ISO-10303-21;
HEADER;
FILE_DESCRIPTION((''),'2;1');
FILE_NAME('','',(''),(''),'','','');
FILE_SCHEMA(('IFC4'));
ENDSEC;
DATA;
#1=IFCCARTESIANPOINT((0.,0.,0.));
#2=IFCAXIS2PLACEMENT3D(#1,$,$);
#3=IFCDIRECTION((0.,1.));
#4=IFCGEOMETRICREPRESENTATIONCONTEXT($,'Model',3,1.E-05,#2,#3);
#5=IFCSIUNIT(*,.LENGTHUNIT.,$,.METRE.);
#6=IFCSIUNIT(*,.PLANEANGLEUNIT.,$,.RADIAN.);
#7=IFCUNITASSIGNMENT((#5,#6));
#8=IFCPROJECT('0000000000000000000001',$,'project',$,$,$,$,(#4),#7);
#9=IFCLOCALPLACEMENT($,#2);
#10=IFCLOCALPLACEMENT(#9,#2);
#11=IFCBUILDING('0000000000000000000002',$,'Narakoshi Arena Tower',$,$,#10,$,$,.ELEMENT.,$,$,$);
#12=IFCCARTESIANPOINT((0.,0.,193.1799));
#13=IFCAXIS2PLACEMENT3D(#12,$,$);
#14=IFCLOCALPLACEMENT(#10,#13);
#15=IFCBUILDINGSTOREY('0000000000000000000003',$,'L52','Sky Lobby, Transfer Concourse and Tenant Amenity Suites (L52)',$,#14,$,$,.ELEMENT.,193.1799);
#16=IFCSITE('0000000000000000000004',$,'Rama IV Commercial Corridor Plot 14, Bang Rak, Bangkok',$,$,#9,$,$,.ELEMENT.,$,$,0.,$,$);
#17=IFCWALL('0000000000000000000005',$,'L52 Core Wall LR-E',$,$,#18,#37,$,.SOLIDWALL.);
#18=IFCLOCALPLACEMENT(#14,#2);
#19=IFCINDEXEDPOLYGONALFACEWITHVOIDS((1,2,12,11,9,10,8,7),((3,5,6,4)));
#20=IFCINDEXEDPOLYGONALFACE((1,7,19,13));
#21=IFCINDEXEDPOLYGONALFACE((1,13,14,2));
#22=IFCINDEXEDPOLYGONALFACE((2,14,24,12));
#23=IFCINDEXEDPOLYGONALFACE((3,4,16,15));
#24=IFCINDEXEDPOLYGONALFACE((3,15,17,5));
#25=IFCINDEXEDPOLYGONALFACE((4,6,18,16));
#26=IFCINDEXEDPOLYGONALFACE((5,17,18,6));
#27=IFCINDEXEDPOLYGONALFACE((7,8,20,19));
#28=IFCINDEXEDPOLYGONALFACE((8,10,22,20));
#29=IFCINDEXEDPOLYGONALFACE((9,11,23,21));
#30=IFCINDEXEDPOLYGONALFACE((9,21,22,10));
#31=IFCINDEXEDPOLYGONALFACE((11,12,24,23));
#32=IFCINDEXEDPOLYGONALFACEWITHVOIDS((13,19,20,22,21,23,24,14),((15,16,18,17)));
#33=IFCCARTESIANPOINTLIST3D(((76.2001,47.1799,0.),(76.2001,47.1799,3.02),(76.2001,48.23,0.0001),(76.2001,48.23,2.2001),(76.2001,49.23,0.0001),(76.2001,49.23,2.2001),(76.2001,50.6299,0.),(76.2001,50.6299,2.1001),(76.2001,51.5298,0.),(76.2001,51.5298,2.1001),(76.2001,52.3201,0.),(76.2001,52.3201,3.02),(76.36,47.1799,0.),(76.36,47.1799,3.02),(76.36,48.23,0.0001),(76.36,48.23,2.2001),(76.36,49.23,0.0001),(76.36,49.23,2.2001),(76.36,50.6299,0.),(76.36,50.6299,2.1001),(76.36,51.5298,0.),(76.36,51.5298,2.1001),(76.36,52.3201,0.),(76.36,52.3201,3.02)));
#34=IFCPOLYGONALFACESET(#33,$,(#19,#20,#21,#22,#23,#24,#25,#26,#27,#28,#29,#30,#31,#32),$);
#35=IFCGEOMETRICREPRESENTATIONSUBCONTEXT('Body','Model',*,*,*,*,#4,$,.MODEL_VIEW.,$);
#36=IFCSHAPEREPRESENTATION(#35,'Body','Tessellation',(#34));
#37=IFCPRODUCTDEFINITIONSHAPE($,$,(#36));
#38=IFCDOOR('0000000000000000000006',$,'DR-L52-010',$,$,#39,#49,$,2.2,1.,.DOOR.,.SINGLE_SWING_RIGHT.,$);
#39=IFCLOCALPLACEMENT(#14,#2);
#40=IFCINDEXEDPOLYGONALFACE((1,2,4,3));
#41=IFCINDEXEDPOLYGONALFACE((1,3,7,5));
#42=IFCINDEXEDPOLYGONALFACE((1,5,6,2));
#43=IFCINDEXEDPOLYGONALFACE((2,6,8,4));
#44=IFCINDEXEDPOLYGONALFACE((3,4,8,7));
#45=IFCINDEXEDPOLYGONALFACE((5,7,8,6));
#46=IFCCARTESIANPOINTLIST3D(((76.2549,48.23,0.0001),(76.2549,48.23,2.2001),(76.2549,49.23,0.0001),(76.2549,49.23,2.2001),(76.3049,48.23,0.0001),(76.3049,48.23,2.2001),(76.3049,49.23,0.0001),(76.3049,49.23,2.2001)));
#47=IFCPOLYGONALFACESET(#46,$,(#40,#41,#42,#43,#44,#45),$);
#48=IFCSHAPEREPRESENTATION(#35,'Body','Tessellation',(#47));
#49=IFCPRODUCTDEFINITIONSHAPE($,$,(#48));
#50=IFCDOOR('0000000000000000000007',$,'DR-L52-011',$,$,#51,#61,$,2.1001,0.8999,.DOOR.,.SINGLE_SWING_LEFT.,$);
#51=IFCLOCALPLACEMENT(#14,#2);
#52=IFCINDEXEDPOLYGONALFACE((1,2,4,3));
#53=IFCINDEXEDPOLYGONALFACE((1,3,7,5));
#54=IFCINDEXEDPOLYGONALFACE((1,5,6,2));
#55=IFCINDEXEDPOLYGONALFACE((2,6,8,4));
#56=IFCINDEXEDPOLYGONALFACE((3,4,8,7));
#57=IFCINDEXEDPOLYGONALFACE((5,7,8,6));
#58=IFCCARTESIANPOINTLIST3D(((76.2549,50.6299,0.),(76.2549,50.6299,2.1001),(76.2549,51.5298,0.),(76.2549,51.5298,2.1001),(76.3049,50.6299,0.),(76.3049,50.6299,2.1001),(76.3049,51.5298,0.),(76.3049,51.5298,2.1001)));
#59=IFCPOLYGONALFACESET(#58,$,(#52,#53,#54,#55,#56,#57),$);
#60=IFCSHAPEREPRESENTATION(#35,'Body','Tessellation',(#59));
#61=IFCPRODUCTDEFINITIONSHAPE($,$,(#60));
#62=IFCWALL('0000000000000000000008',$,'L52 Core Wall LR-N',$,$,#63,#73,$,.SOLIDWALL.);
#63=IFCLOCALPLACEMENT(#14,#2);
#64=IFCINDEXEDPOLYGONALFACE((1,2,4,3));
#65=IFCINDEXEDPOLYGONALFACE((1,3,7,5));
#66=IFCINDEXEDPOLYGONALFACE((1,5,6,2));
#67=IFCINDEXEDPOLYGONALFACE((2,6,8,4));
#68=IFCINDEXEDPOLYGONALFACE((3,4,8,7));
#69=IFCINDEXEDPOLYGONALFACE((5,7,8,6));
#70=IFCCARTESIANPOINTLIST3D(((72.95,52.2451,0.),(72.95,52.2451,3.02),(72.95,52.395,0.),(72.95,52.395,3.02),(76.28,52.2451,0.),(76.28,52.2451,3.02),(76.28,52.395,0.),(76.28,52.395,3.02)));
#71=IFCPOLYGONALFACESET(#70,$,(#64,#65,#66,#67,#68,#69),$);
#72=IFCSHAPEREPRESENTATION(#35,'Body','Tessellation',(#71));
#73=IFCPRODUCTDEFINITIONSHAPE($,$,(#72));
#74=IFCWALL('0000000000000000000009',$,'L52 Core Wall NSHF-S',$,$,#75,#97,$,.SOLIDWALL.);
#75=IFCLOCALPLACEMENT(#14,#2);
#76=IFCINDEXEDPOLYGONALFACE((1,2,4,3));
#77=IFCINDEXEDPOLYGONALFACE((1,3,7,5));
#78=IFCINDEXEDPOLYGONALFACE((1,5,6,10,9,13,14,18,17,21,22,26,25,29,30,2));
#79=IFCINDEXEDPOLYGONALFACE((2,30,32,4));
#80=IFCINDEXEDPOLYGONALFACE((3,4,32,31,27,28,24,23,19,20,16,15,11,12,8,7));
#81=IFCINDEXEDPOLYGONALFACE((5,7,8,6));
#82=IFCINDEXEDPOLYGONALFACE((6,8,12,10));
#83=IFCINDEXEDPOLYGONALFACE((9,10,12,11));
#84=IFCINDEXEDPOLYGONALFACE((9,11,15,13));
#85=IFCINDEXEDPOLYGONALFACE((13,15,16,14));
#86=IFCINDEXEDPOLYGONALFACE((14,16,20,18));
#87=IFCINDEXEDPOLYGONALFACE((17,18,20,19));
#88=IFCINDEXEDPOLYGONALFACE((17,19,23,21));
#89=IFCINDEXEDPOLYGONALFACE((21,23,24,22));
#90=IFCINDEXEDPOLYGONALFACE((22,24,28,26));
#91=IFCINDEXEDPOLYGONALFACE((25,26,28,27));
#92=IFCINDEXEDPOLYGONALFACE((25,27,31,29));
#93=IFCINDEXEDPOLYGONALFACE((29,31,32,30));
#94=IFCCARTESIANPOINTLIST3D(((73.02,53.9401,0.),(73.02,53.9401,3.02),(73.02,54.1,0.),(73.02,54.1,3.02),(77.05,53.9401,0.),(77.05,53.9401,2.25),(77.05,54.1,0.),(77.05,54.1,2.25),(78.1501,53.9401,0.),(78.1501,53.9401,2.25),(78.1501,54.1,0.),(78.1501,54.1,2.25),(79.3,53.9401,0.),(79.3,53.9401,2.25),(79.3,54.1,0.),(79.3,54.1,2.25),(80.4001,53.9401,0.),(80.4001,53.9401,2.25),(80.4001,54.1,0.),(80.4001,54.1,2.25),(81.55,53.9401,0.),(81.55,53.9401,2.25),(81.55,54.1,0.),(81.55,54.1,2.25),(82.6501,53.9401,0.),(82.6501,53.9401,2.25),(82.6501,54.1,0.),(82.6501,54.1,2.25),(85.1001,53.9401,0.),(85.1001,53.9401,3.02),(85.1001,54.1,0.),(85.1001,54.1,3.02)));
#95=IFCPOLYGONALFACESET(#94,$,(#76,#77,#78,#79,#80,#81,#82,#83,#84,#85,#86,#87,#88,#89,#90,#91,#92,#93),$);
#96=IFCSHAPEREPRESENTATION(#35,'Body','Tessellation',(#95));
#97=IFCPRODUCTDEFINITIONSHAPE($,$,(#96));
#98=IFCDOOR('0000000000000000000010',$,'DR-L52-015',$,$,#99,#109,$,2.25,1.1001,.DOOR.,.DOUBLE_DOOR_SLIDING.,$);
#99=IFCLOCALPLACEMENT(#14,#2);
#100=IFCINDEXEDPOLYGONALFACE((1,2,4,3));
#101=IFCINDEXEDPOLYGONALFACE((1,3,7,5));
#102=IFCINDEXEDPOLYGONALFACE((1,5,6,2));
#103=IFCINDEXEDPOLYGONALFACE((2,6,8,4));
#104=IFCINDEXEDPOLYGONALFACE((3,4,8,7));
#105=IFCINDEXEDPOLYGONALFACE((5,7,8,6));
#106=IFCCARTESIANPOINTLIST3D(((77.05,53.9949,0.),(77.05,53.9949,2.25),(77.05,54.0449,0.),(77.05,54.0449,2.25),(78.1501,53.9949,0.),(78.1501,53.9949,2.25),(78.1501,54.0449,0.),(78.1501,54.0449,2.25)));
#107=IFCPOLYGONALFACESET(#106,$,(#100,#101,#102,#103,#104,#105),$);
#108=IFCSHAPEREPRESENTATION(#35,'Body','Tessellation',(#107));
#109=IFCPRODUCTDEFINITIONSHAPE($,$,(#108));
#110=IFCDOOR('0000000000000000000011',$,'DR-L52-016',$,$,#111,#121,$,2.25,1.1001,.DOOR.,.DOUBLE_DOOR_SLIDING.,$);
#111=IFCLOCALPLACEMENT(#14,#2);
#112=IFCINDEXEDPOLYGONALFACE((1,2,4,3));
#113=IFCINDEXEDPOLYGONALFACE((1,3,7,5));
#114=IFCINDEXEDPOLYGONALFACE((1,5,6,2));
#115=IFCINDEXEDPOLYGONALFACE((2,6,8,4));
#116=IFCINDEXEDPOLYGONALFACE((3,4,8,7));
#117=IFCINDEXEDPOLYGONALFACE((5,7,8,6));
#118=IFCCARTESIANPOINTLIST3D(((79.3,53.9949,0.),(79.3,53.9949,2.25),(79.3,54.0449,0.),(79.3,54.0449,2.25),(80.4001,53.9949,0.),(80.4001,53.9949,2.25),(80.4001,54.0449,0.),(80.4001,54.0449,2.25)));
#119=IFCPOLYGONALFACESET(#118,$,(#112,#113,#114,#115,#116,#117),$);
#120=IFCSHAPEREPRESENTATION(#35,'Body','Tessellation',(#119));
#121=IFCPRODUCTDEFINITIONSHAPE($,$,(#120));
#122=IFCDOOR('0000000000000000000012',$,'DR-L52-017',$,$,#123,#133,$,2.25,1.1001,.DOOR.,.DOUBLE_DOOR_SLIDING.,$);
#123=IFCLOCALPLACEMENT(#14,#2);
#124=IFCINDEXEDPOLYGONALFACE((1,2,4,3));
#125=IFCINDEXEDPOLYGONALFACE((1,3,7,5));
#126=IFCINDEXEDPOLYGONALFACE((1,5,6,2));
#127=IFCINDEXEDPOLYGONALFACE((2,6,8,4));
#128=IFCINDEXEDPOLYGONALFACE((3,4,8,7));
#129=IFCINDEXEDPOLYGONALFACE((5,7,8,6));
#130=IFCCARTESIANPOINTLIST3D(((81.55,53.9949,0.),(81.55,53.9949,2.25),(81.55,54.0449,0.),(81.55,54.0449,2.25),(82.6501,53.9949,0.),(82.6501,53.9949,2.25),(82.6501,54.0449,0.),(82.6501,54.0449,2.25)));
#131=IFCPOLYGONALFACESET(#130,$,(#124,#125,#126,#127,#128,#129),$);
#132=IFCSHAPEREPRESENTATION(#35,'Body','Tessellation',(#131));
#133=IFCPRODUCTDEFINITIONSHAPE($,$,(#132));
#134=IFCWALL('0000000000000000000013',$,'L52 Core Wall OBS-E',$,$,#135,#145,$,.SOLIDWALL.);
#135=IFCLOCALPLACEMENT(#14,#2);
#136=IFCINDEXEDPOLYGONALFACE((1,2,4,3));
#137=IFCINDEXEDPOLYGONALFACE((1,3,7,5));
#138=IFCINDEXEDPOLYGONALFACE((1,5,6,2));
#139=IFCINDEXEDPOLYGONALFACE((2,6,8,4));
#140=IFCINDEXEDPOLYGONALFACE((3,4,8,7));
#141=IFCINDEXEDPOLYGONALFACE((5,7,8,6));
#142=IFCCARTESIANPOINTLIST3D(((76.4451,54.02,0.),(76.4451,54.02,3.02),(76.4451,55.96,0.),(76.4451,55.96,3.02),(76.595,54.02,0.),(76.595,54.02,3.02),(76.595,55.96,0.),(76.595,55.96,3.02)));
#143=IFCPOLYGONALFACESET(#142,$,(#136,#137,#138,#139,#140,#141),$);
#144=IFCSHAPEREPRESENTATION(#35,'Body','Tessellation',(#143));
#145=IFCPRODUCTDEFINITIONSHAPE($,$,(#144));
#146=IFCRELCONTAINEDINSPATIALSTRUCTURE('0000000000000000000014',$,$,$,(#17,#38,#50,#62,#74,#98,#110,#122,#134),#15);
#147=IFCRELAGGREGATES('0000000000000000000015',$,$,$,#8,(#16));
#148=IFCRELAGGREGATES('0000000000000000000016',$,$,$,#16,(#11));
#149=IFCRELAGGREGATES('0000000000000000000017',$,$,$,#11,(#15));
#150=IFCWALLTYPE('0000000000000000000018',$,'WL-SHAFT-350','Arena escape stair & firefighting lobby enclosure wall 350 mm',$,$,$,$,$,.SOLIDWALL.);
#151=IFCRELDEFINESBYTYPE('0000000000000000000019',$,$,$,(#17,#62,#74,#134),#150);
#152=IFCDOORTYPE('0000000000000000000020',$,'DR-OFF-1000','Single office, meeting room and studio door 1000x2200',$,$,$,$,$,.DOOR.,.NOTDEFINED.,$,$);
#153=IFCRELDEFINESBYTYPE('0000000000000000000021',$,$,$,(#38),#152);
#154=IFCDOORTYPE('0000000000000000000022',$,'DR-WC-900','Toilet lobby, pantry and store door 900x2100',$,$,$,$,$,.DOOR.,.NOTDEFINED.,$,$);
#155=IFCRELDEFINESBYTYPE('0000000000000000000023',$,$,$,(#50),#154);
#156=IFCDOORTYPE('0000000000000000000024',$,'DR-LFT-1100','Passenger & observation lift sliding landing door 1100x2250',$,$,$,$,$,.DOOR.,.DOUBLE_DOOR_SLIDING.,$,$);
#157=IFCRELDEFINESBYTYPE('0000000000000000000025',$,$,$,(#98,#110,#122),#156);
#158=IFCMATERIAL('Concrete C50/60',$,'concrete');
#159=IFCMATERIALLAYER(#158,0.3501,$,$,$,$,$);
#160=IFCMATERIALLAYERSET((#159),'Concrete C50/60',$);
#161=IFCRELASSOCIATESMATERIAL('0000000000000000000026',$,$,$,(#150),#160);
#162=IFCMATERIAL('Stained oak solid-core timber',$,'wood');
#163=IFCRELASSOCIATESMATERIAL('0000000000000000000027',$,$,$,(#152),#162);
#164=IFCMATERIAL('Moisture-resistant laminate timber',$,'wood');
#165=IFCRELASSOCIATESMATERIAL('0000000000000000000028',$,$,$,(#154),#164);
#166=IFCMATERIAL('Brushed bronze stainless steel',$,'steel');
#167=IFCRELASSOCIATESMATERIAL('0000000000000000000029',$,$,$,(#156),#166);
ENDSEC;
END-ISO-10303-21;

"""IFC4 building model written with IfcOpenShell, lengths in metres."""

from ifc_helpers import new_model, si_unit, direction, frame, frame_2d, origin, place, context, subcontext, project, spatial, rectangle, extrude, material, layer, layer_set, type_object, element, fill, save


model = new_model("IFC4")

# Units and contexts
model_context = context("Model", 3, precision=1e-05, world=origin(), true_north=direction((0.0, 1.0)))
body_context = subcontext(model_context, "Body", "Model", "MODEL_VIEW")
ifc_project = project(units=[si_unit("LENGTHUNIT", "METRE"), si_unit("PLANEANGLEUNIT", "RADIAN")], contexts=[model_context])

# Site, building, storey
site_placement = place(None, origin())
site = spatial("IfcSite", under=ifc_project, at=site_placement, Name="Rama IV Commercial Corridor Plot 14, Bang Rak, Bangkok", CompositionType="ELEMENT", RefElevation=0.0)
building_placement = place(site_placement, origin())
building = spatial("IfcBuilding", under=site, at=building_placement, Name="Narakoshi Arena Tower", CompositionType="ELEMENT")
storey_placement = place(building_placement, frame((0.0, 0.0, 193.1799)))
storey = spatial("IfcBuildingStorey", under=building, at=storey_placement, Name="L52", Description="Sky Lobby, Transfer Concourse and Tenant Amenity Suites (L52)", CompositionType="ELEMENT", Elevation=193.1799)

# Shared definitions
ifc_material_1 = material(Name="Concrete C50/60", Category="concrete")
ifc_layer_1 = layer(ifc_material_1, 0.3501)
ifc_layer_set_1 = layer_set([ifc_layer_1], Name="Concrete C50/60")
wall_type_1 = type_object("IfcWallType", Name="WL-SHAFT-350", Description="Arena escape stair & firefighting lobby enclosure wall 350 mm", PredefinedType="SOLIDWALL", material=ifc_layer_set_1)

# Wall, openings, doors
wall_1_placement = place(storey_placement, frame((76.28, 47.1799, 0.0), z_axis=(0.0, 0.0, 1.0), x_axis=(0.0, 1.0, 0.0)))
wall_1 = element("IfcWall", 1, at=wall_1_placement, inside=storey, type_object=wall_type_1, Name="L52 Core Wall LR-E", PredefinedType="SOLIDWALL", context=body_context, shape_type="SweptSolid", body=[
    extrude(rectangle(XDim=5.1401, YDim=0.1599, at=frame_2d((2.5701, 0.0))), origin(), (0.0, 0.0, 1.0), 3.02),
])
opening_1_placement = place(wall_1_placement, frame((1.05, 0.0, 0.0)))
opening_1 = element("IfcOpeningElement", 2, at=opening_1_placement, cuts=wall_1, PredefinedType="OPENING", context=body_context, shape_type="SweptSolid", body=[
    extrude(rectangle(XDim=1.0, YDim=2.2, at=frame_2d((0.5, 1.1001))), frame((0.0, 0.0898, 0.0), z_axis=(0.0, -1.0, 0.0), x_axis=(1.0, 0.0, 0.0)), (0.0, 0.0, 1.0), 0.1799),
])
opening_2_placement = place(wall_1_placement, frame((3.45, 0.0, 0.0)))
opening_2 = element("IfcOpeningElement", 3, at=opening_2_placement, cuts=wall_1, PredefinedType="OPENING", context=body_context, shape_type="SweptSolid", body=[
    extrude(rectangle(XDim=0.8999, YDim=2.1001, at=frame_2d((0.45, 1.05))), frame((0.0, 0.0898, 0.0), z_axis=(0.0, -1.0, 0.0), x_axis=(1.0, 0.0, 0.0)), (0.0, 0.0, 1.0), 0.1799),
])
ifc_material_2 = material(Name="Stained oak solid-core timber", Category="wood")
door_type_1 = type_object("IfcDoorType", Name="DR-OFF-1000", Description="Single office, meeting room and studio door 1000x2200", OperationType="NOTDEFINED", PredefinedType="DOOR", material=ifc_material_2)
door_1_placement = place(opening_1_placement, frame((1.0, 0.0, 0.0), z_axis=(0.0, 0.0, 1.0), x_axis=(-1.0, 0.0, 0.0)))
door_1 = element("IfcDoor", 4, at=door_1_placement, inside=storey, type_object=door_type_1, Name="DR-L52-010", OperationType="SINGLE_SWING_RIGHT", OverallHeight=2.2, OverallWidth=1.0, PredefinedType="DOOR", context=body_context, shape_type="SweptSolid", body=[
    extrude(rectangle(XDim=1.0, YDim=2.2, at=frame_2d((0.5, 1.1001))), frame((0.0, 0.0249, 0.0), z_axis=(0.0, -1.0, 0.0), x_axis=(1.0, 0.0, 0.0)), (0.0, 0.0, 1.0), 0.05),
])
fill(opening_1, door_1)
ifc_material_3 = material(Name="Moisture-resistant laminate timber", Category="wood")
door_type_2 = type_object("IfcDoorType", Name="DR-WC-900", Description="Toilet lobby, pantry and store door 900x2100", OperationType="NOTDEFINED", PredefinedType="DOOR", material=ifc_material_3)
door_2_placement = place(opening_2_placement, frame((0.8999, 0.0, 0.0), z_axis=(0.0, 0.0, 1.0), x_axis=(-1.0, 0.0, 0.0)))
door_2 = element("IfcDoor", 5, at=door_2_placement, inside=storey, type_object=door_type_2, Name="DR-L52-011", OperationType="SINGLE_SWING_LEFT", OverallHeight=2.1001, OverallWidth=0.8999, PredefinedType="DOOR", context=body_context, shape_type="SweptSolid", body=[
    extrude(rectangle(XDim=0.8999, YDim=2.1001, at=frame_2d((0.45, 1.05))), frame((0.0, 0.0249, 0.0), z_axis=(0.0, -1.0, 0.0), x_axis=(1.0, 0.0, 0.0)), (0.0, 0.0, 1.0), 0.05),
])
fill(opening_2, door_2)

# Wall
wall_2_placement = place(storey_placement, frame((72.95, 52.3201, 0.0), z_axis=(0.0, 0.0, 1.0), x_axis=(1.0, 0.0, 0.0)))
element("IfcWall", 6, at=wall_2_placement, inside=storey, type_object=wall_type_1, Name="L52 Core Wall LR-N", PredefinedType="SOLIDWALL", context=body_context, shape_type="SweptSolid", body=[
    extrude(rectangle(XDim=3.3301, YDim=0.1499, at=frame_2d((1.665, 0.0))), origin(), (0.0, 0.0, 1.0), 3.02),
])

# Wall, openings, doors
wall_3_placement = place(storey_placement, frame((73.02, 54.02, 0.0), z_axis=(0.0, 0.0, 1.0), x_axis=(1.0, 0.0, 0.0)))
wall_3 = element("IfcWall", 7, at=wall_3_placement, inside=storey, type_object=wall_type_1, Name="L52 Core Wall NSHF-S", PredefinedType="SOLIDWALL", context=body_context, shape_type="SweptSolid", body=[
    extrude(rectangle(XDim=12.0801, YDim=0.1599, at=frame_2d((6.04, 0.0))), origin(), (0.0, 0.0, 1.0), 3.02),
])
opening_3_placement = place(wall_3_placement, frame((4.03, 0.0, 0.0)))
opening_3 = element("IfcOpeningElement", 8, at=opening_3_placement, cuts=wall_3, PredefinedType="OPENING", context=body_context, shape_type="SweptSolid", body=[
    extrude(rectangle(XDim=1.1001, YDim=2.25, at=frame_2d((0.55, 1.125))), frame((0.0, 0.0898, 0.0), z_axis=(0.0, -1.0, 0.0), x_axis=(1.0, 0.0, 0.0)), (0.0, 0.0, 1.0), 0.1799),
])
opening_4_placement = place(wall_3_placement, frame((6.28, 0.0, 0.0)))
opening_4 = element("IfcOpeningElement", 9, at=opening_4_placement, cuts=wall_3, PredefinedType="OPENING", context=body_context, shape_type="SweptSolid", body=[
    extrude(rectangle(XDim=1.1001, YDim=2.25, at=frame_2d((0.55, 1.125))), frame((0.0, 0.0898, 0.0), z_axis=(0.0, -1.0, 0.0), x_axis=(1.0, 0.0, 0.0)), (0.0, 0.0, 1.0), 0.1799),
])
opening_5_placement = place(wall_3_placement, frame((8.53, 0.0, 0.0)))
opening_5 = element("IfcOpeningElement", 10, at=opening_5_placement, cuts=wall_3, PredefinedType="OPENING", context=body_context, shape_type="SweptSolid", body=[
    extrude(rectangle(XDim=1.1001, YDim=2.25, at=frame_2d((0.55, 1.125))), frame((0.0, 0.0898, 0.0), z_axis=(0.0, -1.0, 0.0), x_axis=(1.0, 0.0, 0.0)), (0.0, 0.0, 1.0), 0.1799),
])
ifc_material_4 = material(Name="Brushed bronze stainless steel", Category="steel")
door_type_3 = type_object("IfcDoorType", Name="DR-LFT-1100", Description="Passenger & observation lift sliding landing door 1100x2250", OperationType="DOUBLE_DOOR_SLIDING", PredefinedType="DOOR", material=ifc_material_4)
door_3_placement = place(opening_3_placement, origin())
door_3 = element("IfcDoor", 11, at=door_3_placement, inside=storey, type_object=door_type_3, Name="DR-L52-015", OperationType="DOUBLE_DOOR_SLIDING", OverallHeight=2.25, OverallWidth=1.1001, PredefinedType="DOOR", context=body_context, shape_type="SweptSolid", body=[
    extrude(rectangle(XDim=1.1001, YDim=2.25, at=frame_2d((0.55, 1.125))), frame((0.0, 0.0249, 0.0), z_axis=(0.0, -1.0, 0.0), x_axis=(1.0, 0.0, 0.0)), (0.0, 0.0, 1.0), 0.05),
])
fill(opening_3, door_3)
door_4_placement = place(opening_4_placement, origin())
door_4 = element("IfcDoor", 12, at=door_4_placement, inside=storey, type_object=door_type_3, Name="DR-L52-016", OperationType="DOUBLE_DOOR_SLIDING", OverallHeight=2.25, OverallWidth=1.1001, PredefinedType="DOOR", context=body_context, shape_type="SweptSolid", body=[
    extrude(rectangle(XDim=1.1001, YDim=2.25, at=frame_2d((0.55, 1.125))), frame((0.0, 0.0249, 0.0), z_axis=(0.0, -1.0, 0.0), x_axis=(1.0, 0.0, 0.0)), (0.0, 0.0, 1.0), 0.05),
])
fill(opening_4, door_4)
door_5_placement = place(opening_5_placement, origin())
door_5 = element("IfcDoor", 13, at=door_5_placement, inside=storey, type_object=door_type_3, Name="DR-L52-017", OperationType="DOUBLE_DOOR_SLIDING", OverallHeight=2.25, OverallWidth=1.1001, PredefinedType="DOOR", context=body_context, shape_type="SweptSolid", body=[
    extrude(rectangle(XDim=1.1001, YDim=2.25, at=frame_2d((0.55, 1.125))), frame((0.0, 0.0249, 0.0), z_axis=(0.0, -1.0, 0.0), x_axis=(1.0, 0.0, 0.0)), (0.0, 0.0, 1.0), 0.05),
])
fill(opening_5, door_5)

# Wall
wall_4_placement = place(storey_placement, frame((76.52, 54.02, 0.0), z_axis=(0.0, 0.0, 1.0), x_axis=(0.0, 1.0, 0.0)))
element("IfcWall", 14, at=wall_4_placement, inside=storey, type_object=wall_type_1, Name="L52 Core Wall OBS-E", PredefinedType="SOLIDWALL", context=body_context, shape_type="SweptSolid", body=[
    extrude(rectangle(XDim=1.9399, YDim=0.1499, at=frame_2d((0.97, 0.0))), origin(), (0.0, 0.0, 1.0), 3.02),
])

save(model, "model.ifc")
